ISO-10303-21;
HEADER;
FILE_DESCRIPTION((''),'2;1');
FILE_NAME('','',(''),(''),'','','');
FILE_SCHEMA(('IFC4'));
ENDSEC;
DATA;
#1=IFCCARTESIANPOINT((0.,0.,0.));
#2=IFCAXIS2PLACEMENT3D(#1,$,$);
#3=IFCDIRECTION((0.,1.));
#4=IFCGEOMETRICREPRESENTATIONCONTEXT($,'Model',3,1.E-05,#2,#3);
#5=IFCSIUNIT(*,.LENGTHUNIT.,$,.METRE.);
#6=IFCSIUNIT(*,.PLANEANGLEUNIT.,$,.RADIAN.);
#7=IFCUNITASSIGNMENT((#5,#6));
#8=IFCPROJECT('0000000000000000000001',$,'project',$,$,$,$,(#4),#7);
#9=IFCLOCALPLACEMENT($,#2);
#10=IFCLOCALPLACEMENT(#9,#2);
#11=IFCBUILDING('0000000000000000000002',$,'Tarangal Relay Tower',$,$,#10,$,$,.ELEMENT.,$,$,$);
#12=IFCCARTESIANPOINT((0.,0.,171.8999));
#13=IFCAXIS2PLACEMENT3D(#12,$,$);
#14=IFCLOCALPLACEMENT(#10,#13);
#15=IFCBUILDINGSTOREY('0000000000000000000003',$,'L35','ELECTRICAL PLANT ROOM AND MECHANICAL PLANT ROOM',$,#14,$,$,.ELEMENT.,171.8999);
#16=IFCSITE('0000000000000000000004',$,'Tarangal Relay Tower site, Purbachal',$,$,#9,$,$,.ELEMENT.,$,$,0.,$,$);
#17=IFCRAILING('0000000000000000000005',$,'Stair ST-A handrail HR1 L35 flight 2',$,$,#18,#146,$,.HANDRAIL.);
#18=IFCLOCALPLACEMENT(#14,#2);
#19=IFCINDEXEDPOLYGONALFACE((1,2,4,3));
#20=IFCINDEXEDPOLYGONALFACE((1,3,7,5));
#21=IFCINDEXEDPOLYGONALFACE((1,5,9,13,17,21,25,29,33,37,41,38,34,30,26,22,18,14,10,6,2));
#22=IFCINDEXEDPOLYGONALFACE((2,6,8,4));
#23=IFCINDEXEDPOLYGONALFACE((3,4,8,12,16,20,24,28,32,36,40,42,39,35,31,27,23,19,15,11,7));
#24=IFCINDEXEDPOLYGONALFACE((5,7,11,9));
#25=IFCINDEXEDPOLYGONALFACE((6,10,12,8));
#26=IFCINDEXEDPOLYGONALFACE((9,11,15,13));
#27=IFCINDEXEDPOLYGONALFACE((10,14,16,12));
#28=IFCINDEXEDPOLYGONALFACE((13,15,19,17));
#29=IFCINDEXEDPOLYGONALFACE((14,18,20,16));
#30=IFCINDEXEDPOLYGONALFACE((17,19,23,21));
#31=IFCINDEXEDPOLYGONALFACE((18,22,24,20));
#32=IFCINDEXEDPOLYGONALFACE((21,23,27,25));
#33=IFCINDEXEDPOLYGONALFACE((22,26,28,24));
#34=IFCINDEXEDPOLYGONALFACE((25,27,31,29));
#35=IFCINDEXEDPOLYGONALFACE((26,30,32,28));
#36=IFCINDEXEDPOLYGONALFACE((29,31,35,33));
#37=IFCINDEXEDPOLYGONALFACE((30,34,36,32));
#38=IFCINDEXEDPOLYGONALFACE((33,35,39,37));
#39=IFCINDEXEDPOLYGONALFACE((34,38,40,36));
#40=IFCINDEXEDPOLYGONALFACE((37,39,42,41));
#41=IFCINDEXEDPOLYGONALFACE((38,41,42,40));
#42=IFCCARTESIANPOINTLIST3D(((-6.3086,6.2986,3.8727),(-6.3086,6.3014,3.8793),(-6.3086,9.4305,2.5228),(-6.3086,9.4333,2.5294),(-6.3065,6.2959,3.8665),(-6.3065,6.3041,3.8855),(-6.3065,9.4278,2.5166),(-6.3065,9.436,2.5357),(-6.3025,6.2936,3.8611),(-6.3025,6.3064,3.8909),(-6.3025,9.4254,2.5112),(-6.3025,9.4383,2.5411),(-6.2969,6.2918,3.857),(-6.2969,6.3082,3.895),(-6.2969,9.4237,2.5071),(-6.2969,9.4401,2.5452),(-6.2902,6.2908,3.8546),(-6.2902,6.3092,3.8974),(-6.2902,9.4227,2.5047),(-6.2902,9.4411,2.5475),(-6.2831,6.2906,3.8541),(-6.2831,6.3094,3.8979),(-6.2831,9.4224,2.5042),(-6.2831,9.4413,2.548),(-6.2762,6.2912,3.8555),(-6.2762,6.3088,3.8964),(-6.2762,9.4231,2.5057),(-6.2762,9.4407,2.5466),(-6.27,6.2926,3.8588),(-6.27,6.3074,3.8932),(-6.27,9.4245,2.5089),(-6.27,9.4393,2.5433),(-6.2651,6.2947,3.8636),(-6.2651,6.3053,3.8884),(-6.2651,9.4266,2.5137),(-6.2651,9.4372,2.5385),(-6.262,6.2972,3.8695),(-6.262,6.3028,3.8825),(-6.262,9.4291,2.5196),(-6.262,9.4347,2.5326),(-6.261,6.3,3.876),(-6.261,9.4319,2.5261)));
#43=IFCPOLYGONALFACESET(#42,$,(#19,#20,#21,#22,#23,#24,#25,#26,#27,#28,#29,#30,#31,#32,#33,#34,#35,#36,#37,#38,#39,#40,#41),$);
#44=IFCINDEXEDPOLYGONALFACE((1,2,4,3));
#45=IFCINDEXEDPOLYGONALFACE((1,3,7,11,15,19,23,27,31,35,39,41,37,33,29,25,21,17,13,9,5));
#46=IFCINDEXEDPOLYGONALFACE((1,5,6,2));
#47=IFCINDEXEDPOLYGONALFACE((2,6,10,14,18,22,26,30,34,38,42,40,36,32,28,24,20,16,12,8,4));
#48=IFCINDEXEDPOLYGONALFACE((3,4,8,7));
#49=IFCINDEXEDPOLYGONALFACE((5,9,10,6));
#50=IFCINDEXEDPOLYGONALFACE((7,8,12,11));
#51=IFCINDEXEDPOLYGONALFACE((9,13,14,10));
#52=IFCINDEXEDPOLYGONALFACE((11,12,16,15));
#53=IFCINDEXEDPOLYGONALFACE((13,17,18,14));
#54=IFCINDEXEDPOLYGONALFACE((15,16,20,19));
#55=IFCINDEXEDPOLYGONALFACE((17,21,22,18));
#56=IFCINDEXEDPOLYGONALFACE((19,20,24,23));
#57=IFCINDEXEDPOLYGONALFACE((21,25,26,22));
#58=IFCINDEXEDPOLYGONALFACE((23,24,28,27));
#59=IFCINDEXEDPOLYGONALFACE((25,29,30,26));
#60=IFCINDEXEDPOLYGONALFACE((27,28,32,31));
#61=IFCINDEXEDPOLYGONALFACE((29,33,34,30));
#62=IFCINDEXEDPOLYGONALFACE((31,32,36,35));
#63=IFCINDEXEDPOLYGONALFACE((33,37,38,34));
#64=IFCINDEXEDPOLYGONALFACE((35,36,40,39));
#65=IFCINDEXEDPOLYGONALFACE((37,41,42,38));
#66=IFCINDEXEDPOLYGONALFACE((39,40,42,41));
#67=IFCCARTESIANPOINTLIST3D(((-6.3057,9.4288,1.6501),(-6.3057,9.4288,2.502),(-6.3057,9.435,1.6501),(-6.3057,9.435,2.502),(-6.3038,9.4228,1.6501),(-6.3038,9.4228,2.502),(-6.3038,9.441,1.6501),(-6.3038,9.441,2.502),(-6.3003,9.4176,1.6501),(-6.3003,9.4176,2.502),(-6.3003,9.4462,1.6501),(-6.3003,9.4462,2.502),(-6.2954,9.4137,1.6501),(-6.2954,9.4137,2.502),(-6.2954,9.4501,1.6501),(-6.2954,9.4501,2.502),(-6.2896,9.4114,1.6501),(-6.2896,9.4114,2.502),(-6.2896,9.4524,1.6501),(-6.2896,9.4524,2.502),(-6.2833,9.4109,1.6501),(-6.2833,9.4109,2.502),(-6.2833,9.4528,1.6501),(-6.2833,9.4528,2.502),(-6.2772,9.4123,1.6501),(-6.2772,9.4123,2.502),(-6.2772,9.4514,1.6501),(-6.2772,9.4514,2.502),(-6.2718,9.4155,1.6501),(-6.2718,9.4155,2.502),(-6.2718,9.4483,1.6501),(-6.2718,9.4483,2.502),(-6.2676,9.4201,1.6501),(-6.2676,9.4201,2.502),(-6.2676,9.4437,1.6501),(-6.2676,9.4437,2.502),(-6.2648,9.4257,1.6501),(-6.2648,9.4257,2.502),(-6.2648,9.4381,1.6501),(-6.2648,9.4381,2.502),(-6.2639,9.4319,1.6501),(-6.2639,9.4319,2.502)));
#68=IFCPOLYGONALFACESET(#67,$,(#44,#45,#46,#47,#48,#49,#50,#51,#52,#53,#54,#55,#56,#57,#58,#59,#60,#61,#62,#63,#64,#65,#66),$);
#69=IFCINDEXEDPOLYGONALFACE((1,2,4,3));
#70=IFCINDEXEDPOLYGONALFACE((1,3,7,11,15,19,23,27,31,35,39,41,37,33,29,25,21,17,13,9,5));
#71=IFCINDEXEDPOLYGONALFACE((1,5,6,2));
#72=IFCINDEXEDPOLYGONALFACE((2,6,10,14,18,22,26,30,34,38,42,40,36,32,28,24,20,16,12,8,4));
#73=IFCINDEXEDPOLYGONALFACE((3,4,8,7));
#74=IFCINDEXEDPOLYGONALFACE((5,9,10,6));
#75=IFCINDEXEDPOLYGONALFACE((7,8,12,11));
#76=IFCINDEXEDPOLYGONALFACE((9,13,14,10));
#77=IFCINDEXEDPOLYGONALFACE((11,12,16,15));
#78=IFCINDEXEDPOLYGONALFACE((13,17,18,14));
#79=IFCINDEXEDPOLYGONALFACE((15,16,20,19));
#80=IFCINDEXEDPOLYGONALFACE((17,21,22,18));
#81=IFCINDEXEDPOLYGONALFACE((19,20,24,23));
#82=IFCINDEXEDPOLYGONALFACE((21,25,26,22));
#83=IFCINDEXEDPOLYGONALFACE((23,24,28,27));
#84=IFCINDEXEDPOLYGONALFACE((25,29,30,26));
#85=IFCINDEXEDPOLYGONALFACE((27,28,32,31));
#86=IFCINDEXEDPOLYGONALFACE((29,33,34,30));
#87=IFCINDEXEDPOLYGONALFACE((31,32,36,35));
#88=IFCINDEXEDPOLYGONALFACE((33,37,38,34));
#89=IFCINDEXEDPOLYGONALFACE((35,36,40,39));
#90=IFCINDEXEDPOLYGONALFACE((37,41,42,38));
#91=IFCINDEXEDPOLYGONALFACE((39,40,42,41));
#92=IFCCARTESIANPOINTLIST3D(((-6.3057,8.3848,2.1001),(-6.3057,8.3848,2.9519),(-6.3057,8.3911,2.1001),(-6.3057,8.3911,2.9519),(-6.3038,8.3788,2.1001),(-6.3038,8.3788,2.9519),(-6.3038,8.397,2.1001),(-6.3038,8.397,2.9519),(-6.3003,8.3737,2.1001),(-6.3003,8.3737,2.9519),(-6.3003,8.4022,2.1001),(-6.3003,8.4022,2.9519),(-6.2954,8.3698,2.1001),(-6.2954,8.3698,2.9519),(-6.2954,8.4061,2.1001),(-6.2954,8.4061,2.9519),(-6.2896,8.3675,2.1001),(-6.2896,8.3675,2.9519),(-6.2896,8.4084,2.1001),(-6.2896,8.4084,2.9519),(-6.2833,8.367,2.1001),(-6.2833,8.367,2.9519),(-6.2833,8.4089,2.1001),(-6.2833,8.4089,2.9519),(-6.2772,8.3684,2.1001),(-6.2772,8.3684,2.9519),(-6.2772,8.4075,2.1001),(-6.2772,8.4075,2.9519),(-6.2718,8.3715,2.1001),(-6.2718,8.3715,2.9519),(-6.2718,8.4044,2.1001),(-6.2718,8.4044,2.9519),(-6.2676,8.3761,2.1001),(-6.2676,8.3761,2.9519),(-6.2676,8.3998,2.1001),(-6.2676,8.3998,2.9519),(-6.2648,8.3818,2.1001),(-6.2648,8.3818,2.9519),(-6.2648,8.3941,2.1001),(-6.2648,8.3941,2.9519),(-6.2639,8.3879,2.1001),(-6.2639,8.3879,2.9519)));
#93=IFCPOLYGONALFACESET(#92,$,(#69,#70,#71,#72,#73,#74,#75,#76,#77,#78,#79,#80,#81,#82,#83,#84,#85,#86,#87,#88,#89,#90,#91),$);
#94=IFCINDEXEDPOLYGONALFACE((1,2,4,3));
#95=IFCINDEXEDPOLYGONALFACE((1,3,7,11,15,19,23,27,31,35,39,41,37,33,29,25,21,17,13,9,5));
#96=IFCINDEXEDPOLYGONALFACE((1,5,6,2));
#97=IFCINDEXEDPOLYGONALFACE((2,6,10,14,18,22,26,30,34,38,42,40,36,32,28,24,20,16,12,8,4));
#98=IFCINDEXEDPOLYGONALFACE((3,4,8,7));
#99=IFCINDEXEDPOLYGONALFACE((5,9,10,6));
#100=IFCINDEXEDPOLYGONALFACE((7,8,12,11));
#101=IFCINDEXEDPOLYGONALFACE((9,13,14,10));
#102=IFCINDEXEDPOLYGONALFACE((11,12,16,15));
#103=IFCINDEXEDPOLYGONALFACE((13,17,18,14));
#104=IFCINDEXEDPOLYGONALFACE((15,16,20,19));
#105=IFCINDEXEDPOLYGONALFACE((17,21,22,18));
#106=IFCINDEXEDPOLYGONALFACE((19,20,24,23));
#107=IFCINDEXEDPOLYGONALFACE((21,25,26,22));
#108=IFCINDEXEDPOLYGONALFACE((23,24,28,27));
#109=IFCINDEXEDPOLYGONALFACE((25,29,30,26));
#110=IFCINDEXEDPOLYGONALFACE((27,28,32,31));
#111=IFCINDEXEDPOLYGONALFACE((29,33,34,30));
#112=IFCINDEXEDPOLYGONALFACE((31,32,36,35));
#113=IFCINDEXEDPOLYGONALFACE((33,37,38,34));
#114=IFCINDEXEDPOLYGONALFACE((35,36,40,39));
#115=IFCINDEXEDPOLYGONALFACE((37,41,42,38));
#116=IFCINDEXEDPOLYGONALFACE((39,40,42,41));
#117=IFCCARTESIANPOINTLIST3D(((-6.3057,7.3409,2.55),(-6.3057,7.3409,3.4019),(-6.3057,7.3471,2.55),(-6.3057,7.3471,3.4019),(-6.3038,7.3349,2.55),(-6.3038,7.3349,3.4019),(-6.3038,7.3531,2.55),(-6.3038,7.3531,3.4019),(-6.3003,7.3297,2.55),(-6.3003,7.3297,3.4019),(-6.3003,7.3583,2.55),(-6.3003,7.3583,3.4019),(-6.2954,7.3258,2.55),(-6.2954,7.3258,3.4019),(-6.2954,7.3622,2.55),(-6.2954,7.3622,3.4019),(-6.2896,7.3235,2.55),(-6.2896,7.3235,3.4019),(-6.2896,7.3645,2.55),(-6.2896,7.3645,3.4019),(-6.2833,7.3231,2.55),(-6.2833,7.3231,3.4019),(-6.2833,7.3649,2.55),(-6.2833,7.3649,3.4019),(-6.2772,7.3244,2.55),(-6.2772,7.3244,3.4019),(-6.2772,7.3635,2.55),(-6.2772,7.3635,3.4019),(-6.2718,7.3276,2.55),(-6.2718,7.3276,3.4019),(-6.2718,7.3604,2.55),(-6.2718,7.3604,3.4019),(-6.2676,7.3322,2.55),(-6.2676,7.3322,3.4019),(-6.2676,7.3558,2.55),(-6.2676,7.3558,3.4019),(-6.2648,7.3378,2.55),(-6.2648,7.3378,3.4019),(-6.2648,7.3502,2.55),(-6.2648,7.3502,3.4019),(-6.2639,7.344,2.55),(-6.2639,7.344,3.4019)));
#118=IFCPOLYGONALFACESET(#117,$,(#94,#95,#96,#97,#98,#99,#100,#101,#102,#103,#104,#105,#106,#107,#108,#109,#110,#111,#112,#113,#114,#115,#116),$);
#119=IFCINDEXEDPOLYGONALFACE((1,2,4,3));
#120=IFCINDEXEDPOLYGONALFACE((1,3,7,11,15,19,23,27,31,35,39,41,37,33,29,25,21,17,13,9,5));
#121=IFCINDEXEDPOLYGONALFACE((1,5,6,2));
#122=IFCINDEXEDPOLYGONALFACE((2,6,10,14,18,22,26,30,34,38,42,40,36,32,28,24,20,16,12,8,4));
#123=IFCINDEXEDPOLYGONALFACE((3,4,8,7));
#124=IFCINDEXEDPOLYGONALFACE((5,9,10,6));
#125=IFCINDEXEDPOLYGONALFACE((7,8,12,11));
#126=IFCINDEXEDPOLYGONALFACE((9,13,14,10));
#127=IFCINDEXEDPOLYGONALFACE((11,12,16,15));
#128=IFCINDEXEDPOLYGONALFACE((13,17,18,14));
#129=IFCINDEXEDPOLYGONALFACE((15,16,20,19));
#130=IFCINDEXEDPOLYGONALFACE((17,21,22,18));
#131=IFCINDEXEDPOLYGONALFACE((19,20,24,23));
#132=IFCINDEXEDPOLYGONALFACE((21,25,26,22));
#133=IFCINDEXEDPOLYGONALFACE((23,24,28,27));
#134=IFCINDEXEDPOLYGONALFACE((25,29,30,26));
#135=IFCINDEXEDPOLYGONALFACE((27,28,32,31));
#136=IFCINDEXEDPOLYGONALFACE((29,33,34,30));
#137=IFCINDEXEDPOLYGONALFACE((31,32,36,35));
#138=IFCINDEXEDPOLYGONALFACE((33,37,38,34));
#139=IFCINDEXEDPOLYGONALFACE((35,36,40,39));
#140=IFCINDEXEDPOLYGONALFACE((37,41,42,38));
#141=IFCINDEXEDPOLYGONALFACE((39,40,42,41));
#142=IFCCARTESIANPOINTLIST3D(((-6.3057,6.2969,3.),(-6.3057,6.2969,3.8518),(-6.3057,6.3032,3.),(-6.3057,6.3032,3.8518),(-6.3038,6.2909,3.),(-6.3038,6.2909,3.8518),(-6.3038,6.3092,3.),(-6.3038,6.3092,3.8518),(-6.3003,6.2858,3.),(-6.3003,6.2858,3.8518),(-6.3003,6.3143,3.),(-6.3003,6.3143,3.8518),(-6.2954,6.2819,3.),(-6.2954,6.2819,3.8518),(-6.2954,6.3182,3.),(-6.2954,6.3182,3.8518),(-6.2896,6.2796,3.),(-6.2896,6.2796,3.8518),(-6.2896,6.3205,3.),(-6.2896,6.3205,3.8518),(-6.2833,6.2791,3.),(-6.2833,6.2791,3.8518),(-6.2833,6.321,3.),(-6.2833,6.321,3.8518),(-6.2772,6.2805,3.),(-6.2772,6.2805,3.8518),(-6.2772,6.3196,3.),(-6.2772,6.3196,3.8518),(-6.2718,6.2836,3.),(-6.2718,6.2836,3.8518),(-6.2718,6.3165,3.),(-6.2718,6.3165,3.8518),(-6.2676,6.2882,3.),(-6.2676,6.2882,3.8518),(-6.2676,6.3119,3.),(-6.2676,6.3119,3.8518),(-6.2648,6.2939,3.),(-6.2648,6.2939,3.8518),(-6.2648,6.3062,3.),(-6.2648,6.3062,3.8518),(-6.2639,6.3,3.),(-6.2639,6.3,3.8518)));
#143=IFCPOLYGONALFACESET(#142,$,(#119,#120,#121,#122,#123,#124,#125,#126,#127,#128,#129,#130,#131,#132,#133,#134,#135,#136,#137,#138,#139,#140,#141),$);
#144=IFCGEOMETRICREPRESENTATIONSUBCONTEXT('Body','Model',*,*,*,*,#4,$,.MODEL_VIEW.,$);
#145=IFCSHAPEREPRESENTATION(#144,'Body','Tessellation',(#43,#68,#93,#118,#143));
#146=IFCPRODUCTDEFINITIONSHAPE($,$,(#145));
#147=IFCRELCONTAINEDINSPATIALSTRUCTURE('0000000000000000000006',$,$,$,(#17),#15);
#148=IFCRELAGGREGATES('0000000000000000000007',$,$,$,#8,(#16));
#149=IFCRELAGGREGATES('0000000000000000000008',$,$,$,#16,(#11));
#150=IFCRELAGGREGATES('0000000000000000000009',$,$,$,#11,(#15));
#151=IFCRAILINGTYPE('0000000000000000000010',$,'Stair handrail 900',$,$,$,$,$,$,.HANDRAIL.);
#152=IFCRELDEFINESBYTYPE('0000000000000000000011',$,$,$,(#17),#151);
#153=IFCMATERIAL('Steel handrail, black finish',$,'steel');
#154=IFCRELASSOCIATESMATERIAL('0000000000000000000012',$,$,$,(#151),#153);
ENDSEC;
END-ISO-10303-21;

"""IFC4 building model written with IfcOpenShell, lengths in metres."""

from ifc_helpers import new_model, si_unit, direction, frame, origin, origin_2d, place, context, subcontext, project, spatial, circle, extrude, material, type_object, element, save


model = new_model("IFC4")

# Units and contexts
model_context = context("Model", 3, precision=1e-05, world=origin(), true_north=direction((0.0, 1.0)))
body_context = subcontext(model_context, "Body", "Model", "MODEL_VIEW")
ifc_project = project(units=[si_unit("LENGTHUNIT", "METRE"), si_unit("PLANEANGLEUNIT", "RADIAN")], contexts=[model_context])

# Site, building, storey
site_placement = place(None, origin())
site = spatial("IfcSite", under=ifc_project, at=site_placement, Name="Tarangal Relay Tower site, Purbachal", CompositionType="ELEMENT", RefElevation=0.0)
building_placement = place(site_placement, origin())
building = spatial("IfcBuilding", under=site, at=building_placement, Name="Tarangal Relay Tower", CompositionType="ELEMENT")
storey_placement = place(building_placement, frame((0.0, 0.0, 171.8999)))
storey = spatial("IfcBuildingStorey", under=building, at=storey_placement, Name="L35", Description="ELECTRICAL PLANT ROOM AND MECHANICAL PLANT ROOM", CompositionType="ELEMENT", Elevation=171.8999)

# Railing
ifc_material_1 = material(Name="Steel handrail, black finish", Category="steel")
railing_type_1 = type_object("IfcRailingType", Name="Stair handrail 900", PredefinedType="HANDRAIL", material=ifc_material_1)
for number, where, name in (
    (1, (-6.2849, 9.4319, 1.6501), "Stair ST-A handrail HR1 L35 flight 2"),
):
    element("IfcRailing", number, at=place(storey_placement, frame(where)), inside=storey, type_object=railing_type_1, Name=name, PredefinedType="HANDRAIL", context=body_context, shape_type="SweptSolid", body=[
        extrude(circle(Radius=0.0239, at=origin_2d()), frame((0.0, 0.0, 0.876), z_axis=(0.0, -0.918332, 0.395811), x_axis=(1.0, 0.0, 0.0)), (0.0, 0.0, 1.0), 3.4104),
        extrude(circle(Radius=0.021, at=origin_2d()), origin(), (0.0, 0.0, 1.0), 0.8518),
        extrude(circle(Radius=0.021, at=origin_2d()), frame((0.0, -1.0439, 0.45)), (0.0, 0.0, 1.0), 0.8518),
        extrude(circle(Radius=0.021, at=origin_2d()), frame((0.0, -2.0879, 0.8999)), (0.0, 0.0, 1.0), 0.8518),
        extrude(circle(Radius=0.021, at=origin_2d()), frame((0.0, -3.1318, 1.3499)), (0.0, 0.0, 1.0), 0.8518),
    ])

save(model, "model.ifc")
